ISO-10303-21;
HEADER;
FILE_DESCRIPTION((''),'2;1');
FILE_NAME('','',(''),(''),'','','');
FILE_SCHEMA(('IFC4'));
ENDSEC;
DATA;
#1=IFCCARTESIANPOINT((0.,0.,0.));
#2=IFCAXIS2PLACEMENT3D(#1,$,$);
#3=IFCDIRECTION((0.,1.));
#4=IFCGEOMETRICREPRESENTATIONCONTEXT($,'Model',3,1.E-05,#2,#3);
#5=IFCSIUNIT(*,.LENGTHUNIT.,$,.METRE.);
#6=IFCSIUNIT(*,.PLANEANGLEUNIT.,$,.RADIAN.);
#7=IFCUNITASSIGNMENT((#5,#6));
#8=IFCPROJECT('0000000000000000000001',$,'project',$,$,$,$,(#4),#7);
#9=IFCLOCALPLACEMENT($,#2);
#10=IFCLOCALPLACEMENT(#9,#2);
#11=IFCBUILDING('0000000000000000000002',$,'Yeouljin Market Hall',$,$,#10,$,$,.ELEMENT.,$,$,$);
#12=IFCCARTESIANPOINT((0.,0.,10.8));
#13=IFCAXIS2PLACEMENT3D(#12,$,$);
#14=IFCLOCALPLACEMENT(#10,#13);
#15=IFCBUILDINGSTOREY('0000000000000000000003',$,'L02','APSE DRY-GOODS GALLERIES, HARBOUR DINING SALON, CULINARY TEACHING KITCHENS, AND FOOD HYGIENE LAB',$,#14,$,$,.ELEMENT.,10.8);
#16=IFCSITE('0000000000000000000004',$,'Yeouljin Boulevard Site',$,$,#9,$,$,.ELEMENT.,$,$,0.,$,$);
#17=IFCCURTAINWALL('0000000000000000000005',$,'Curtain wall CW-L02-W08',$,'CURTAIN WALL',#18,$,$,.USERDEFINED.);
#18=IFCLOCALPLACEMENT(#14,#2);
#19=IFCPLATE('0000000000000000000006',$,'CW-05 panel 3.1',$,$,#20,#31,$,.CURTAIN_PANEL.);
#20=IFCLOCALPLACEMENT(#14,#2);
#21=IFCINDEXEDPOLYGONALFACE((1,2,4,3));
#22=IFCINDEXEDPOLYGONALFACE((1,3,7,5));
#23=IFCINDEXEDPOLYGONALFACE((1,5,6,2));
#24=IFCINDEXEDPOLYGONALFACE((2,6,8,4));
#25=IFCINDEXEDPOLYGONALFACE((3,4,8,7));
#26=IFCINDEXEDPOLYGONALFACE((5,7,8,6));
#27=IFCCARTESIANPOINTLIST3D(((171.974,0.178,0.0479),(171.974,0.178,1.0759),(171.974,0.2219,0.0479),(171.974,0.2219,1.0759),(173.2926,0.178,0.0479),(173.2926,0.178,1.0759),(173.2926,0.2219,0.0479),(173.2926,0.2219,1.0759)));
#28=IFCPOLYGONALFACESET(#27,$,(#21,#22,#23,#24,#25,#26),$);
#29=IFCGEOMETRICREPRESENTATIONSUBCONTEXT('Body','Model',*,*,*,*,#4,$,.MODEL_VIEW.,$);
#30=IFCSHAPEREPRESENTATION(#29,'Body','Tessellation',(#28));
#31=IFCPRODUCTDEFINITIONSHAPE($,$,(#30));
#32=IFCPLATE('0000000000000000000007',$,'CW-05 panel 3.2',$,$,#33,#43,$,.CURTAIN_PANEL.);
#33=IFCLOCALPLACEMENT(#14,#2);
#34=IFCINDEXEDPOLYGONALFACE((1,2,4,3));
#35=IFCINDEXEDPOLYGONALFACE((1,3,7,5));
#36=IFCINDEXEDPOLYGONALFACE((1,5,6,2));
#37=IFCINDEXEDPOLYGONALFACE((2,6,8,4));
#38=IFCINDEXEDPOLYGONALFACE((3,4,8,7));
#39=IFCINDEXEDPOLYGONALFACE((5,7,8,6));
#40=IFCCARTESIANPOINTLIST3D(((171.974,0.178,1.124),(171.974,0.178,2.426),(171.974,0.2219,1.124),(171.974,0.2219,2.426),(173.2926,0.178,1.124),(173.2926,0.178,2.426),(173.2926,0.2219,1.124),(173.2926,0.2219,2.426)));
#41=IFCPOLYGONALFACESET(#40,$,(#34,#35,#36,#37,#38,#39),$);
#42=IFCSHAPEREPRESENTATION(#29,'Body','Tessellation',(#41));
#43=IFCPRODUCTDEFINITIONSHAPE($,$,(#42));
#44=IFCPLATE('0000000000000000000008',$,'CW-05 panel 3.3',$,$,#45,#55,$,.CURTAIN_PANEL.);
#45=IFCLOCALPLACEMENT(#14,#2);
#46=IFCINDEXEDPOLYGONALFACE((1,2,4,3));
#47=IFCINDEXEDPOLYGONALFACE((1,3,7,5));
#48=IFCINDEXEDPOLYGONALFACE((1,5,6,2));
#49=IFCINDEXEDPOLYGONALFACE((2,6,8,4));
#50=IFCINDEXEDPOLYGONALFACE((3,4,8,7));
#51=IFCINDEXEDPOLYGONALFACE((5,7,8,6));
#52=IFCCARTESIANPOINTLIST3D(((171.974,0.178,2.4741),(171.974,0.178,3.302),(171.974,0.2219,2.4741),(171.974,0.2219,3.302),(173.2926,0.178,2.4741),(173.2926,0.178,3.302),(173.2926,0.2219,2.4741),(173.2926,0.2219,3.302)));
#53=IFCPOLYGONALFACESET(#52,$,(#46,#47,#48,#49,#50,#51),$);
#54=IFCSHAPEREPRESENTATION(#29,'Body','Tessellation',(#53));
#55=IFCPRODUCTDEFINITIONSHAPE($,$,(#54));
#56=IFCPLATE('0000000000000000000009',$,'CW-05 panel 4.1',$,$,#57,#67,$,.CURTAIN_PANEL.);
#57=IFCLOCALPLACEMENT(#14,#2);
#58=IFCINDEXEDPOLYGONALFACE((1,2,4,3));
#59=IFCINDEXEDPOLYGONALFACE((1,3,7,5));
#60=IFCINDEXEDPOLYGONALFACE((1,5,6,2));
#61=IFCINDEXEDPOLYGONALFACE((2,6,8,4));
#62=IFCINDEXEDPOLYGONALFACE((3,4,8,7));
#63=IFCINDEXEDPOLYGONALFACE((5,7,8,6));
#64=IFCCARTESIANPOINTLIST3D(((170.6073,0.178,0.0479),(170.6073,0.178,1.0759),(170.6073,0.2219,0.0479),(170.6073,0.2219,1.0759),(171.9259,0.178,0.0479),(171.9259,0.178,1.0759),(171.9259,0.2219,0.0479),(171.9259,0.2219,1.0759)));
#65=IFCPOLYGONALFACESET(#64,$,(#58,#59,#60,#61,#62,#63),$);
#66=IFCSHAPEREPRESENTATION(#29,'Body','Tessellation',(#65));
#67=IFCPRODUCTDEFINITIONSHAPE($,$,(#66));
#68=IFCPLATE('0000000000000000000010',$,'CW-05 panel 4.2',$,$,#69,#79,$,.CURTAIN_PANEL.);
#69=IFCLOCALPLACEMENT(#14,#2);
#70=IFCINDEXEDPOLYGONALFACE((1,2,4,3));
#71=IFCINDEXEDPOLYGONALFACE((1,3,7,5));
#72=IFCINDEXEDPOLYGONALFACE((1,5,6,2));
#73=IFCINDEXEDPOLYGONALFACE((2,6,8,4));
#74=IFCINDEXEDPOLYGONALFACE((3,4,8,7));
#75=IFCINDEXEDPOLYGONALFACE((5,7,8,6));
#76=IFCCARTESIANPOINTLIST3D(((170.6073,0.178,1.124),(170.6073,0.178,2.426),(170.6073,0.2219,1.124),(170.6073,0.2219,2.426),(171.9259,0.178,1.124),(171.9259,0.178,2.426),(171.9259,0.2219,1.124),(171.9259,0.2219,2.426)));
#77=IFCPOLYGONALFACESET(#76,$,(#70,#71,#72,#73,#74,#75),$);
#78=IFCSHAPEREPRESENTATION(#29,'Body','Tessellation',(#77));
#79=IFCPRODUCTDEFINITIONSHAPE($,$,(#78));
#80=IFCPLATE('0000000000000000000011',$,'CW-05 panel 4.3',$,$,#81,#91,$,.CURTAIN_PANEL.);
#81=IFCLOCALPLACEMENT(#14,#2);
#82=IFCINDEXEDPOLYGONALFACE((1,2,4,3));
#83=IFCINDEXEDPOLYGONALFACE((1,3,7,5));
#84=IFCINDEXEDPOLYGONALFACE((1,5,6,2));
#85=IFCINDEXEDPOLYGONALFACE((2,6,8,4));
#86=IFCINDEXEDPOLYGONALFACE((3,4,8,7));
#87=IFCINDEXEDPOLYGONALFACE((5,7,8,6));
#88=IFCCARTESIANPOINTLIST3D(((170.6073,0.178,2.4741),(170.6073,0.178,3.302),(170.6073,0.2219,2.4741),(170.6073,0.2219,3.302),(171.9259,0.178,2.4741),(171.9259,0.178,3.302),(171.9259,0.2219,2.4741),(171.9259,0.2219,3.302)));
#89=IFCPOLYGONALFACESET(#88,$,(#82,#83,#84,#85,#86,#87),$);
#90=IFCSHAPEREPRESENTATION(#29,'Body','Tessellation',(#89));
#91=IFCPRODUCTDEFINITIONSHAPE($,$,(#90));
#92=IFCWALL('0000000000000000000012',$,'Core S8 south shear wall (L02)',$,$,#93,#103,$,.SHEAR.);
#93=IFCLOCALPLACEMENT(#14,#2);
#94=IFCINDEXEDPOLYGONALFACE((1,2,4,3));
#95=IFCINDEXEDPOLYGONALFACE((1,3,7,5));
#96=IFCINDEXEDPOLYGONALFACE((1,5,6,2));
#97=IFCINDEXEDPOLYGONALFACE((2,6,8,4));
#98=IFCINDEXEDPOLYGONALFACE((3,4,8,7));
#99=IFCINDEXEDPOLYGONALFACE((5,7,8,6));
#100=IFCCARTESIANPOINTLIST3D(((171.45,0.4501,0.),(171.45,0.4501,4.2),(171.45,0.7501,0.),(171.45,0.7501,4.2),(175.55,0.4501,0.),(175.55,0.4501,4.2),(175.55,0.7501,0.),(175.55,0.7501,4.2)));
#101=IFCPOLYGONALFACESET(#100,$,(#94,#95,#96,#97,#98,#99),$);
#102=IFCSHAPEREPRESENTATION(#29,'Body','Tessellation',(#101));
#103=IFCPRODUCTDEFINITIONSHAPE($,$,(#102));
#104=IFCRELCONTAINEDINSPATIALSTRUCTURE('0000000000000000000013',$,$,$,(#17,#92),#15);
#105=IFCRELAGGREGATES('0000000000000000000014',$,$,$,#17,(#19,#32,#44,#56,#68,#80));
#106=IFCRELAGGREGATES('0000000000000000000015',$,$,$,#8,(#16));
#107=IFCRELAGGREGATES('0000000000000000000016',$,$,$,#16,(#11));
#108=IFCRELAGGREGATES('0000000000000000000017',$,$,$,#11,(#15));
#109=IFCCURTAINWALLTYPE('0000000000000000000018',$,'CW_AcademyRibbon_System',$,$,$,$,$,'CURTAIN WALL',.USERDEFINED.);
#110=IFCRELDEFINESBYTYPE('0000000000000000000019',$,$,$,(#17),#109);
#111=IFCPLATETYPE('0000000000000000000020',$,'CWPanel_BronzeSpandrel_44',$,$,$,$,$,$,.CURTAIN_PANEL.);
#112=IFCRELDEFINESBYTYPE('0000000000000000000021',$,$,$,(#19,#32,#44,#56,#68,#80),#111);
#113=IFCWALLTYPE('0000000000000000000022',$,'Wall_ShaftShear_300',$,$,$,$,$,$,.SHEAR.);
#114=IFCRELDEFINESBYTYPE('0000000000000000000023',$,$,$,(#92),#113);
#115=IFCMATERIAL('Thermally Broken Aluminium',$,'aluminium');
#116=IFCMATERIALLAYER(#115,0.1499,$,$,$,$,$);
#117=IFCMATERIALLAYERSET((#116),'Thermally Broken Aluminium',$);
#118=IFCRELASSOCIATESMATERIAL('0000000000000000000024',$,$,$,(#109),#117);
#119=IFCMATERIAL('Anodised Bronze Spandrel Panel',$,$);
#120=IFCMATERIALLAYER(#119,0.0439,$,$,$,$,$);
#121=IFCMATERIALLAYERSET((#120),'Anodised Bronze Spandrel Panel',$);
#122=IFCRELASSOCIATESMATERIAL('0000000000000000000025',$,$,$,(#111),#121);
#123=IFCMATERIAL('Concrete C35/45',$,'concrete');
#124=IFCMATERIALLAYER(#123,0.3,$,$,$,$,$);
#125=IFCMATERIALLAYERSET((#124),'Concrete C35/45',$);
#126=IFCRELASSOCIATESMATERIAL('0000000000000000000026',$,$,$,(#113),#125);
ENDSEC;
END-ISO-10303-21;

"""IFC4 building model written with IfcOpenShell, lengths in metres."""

from ifc_helpers import new_model, si_unit, direction, frame, frame_2d, origin, origin_2d, place, context, subcontext, project, spatial, rectangle, extrude, material, layer, layer_set, type_object, element, aggregate, save


model = new_model("IFC4")

# Units and contexts
model_context = context("Model", 3, precision=1e-05, world=origin(), true_north=direction((0.0, 1.0)))
body_context = subcontext(model_context, "Body", "Model", "MODEL_VIEW")
ifc_project = project(units=[si_unit("LENGTHUNIT", "METRE"), si_unit("PLANEANGLEUNIT", "RADIAN")], contexts=[model_context])

# Site, building, storey
site_placement = place(None, origin())
site = spatial("IfcSite", under=ifc_project, at=site_placement, Name="Yeouljin Boulevard Site", CompositionType="ELEMENT", RefElevation=0.0)
building_placement = place(site_placement, origin())
building = spatial("IfcBuilding", under=site, at=building_placement, Name="Yeouljin Market Hall", CompositionType="ELEMENT")
storey_placement = place(building_placement, frame((0.0, 0.0, 10.8)))
storey = spatial("IfcBuildingStorey", under=building, at=storey_placement, Name="L02", Description="APSE DRY-GOODS GALLERIES, HARBOUR DINING SALON, CULINARY TEACHING KITCHENS, AND FOOD HYGIENE LAB", CompositionType="ELEMENT", Elevation=10.8)

# Curtain wall, plates
ifc_material_1 = material(Name="Thermally Broken Aluminium", Category="aluminium")
ifc_layer_1 = layer(ifc_material_1, 0.1499)
ifc_layer_set_1 = layer_set([ifc_layer_1], Name="Thermally Broken Aluminium")
curtain_wall_type = type_object("IfcCurtainWallType", Name="CW_AcademyRibbon_System", ElementType="CURTAIN WALL", PredefinedType="USERDEFINED", material=ifc_layer_set_1)
curtain_wall_placement = place(storey_placement, origin())
curtain_wall = element("IfcCurtainWall", 1, at=curtain_wall_placement, inside=storey, type_object=curtain_wall_type, Name="Curtain wall CW-L02-W08", ObjectType="CURTAIN WALL", PredefinedType="USERDEFINED")
ifc_material_2 = material(Name="Anodised Bronze Spandrel Panel")
ifc_layer_2 = layer(ifc_material_2, 0.0439)
ifc_layer_set_2 = layer_set([ifc_layer_2], Name="Anodised Bronze Spandrel Panel")
plate_type = type_object("IfcPlateType", Name="CWPanel_BronzeSpandrel_44", PredefinedType="CURTAIN_PANEL", material=ifc_layer_set_2)
plate_1_placement = place(storey_placement, frame((172.6333, 0.2, 0.0479), z_axis=(0.0, 0.0, 1.0), x_axis=(-1.0, 0.0, 0.0)))
plate_1 = element("IfcPlate", 2, at=plate_1_placement, type_object=plate_type, Name="CW-05 panel 3.1", PredefinedType="CURTAIN_PANEL", context=body_context, shape_type="SweptSolid", body=[
    extrude(rectangle(XDim=1.3186, YDim=0.0439, at=origin_2d()), origin(), (0.0, 0.0, 1.0), 1.0281),
])
plate_2_placement = place(storey_placement, frame((172.6333, 0.2, 1.124), z_axis=(0.0, 0.0, 1.0), x_axis=(-1.0, 0.0, 0.0)))
plate_2 = element("IfcPlate", 3, at=plate_2_placement, type_object=plate_type, Name="CW-05 panel 3.2", PredefinedType="CURTAIN_PANEL", context=body_context, shape_type="SweptSolid", body=[
    extrude(rectangle(XDim=1.3186, YDim=0.0439, at=origin_2d()), origin(), (0.0, 0.0, 1.0), 1.302),
])
plate_3_placement = place(storey_placement, frame((172.6333, 0.2, 2.4741), z_axis=(0.0, 0.0, 1.0), x_axis=(-1.0, 0.0, 0.0)))
plate_3 = element("IfcPlate", 4, at=plate_3_placement, type_object=plate_type, Name="CW-05 panel 3.3", PredefinedType="CURTAIN_PANEL", context=body_context, shape_type="SweptSolid", body=[
    extrude(rectangle(XDim=1.3186, YDim=0.0439, at=origin_2d()), origin(), (0.0, 0.0, 1.0), 0.8279),
])
plate_4_placement = place(storey_placement, frame((171.2666, 0.2, 0.0479), z_axis=(0.0, 0.0, 1.0), x_axis=(-1.0, 0.0, 0.0)))
plate_4 = element("IfcPlate", 5, at=plate_4_placement, type_object=plate_type, Name="CW-05 panel 4.1", PredefinedType="CURTAIN_PANEL", context=body_context, shape_type="SweptSolid", body=[
    extrude(rectangle(XDim=1.3186, YDim=0.0439, at=origin_2d()), origin(), (0.0, 0.0, 1.0), 1.0281),
])
plate_5_placement = place(storey_placement, frame((171.2666, 0.2, 1.124), z_axis=(0.0, 0.0, 1.0), x_axis=(-1.0, 0.0, 0.0)))
plate_5 = element("IfcPlate", 6, at=plate_5_placement, type_object=plate_type, Name="CW-05 panel 4.2", PredefinedType="CURTAIN_PANEL", context=body_context, shape_type="SweptSolid", body=[
    extrude(rectangle(XDim=1.3186, YDim=0.0439, at=origin_2d()), origin(), (0.0, 0.0, 1.0), 1.302),
])
plate_6_placement = place(storey_placement, frame((171.2666, 0.2, 2.4741), z_axis=(0.0, 0.0, 1.0), x_axis=(-1.0, 0.0, 0.0)))
plate_6 = element("IfcPlate", 7, at=plate_6_placement, type_object=plate_type, Name="CW-05 panel 4.3", PredefinedType="CURTAIN_PANEL", context=body_context, shape_type="SweptSolid", body=[
    extrude(rectangle(XDim=1.3186, YDim=0.0439, at=origin_2d()), origin(), (0.0, 0.0, 1.0), 0.8279),
])
aggregate(curtain_wall, [plate_1, plate_2, plate_3, plate_4, plate_5, plate_6])

# Wall
ifc_material_3 = material(Name="Concrete C35/45", Category="concrete")
ifc_layer_3 = layer(ifc_material_3, 0.3)
ifc_layer_set_3 = layer_set([ifc_layer_3], Name="Concrete C35/45")
wall_type = type_object("IfcWallType", Name="Wall_ShaftShear_300", PredefinedType="SHEAR", material=ifc_layer_set_3)
wall_placement = place(storey_placement, frame((171.45, 0.6001, 0.0), z_axis=(0.0, 0.0, 1.0), x_axis=(1.0, 0.0, 0.0)))
element("IfcWall", 8, at=wall_placement, inside=storey, type_object=wall_type, Name="Core S8 south shear wall (L02)", PredefinedType="SHEAR", context=body_context, shape_type="SweptSolid", body=[
    extrude(rectangle(XDim=4.1001, YDim=0.3, at=frame_2d((2.05, 0.0))), origin(), (0.0, 0.0, 1.0), 4.2),
])

save(model, "model.ifc")
